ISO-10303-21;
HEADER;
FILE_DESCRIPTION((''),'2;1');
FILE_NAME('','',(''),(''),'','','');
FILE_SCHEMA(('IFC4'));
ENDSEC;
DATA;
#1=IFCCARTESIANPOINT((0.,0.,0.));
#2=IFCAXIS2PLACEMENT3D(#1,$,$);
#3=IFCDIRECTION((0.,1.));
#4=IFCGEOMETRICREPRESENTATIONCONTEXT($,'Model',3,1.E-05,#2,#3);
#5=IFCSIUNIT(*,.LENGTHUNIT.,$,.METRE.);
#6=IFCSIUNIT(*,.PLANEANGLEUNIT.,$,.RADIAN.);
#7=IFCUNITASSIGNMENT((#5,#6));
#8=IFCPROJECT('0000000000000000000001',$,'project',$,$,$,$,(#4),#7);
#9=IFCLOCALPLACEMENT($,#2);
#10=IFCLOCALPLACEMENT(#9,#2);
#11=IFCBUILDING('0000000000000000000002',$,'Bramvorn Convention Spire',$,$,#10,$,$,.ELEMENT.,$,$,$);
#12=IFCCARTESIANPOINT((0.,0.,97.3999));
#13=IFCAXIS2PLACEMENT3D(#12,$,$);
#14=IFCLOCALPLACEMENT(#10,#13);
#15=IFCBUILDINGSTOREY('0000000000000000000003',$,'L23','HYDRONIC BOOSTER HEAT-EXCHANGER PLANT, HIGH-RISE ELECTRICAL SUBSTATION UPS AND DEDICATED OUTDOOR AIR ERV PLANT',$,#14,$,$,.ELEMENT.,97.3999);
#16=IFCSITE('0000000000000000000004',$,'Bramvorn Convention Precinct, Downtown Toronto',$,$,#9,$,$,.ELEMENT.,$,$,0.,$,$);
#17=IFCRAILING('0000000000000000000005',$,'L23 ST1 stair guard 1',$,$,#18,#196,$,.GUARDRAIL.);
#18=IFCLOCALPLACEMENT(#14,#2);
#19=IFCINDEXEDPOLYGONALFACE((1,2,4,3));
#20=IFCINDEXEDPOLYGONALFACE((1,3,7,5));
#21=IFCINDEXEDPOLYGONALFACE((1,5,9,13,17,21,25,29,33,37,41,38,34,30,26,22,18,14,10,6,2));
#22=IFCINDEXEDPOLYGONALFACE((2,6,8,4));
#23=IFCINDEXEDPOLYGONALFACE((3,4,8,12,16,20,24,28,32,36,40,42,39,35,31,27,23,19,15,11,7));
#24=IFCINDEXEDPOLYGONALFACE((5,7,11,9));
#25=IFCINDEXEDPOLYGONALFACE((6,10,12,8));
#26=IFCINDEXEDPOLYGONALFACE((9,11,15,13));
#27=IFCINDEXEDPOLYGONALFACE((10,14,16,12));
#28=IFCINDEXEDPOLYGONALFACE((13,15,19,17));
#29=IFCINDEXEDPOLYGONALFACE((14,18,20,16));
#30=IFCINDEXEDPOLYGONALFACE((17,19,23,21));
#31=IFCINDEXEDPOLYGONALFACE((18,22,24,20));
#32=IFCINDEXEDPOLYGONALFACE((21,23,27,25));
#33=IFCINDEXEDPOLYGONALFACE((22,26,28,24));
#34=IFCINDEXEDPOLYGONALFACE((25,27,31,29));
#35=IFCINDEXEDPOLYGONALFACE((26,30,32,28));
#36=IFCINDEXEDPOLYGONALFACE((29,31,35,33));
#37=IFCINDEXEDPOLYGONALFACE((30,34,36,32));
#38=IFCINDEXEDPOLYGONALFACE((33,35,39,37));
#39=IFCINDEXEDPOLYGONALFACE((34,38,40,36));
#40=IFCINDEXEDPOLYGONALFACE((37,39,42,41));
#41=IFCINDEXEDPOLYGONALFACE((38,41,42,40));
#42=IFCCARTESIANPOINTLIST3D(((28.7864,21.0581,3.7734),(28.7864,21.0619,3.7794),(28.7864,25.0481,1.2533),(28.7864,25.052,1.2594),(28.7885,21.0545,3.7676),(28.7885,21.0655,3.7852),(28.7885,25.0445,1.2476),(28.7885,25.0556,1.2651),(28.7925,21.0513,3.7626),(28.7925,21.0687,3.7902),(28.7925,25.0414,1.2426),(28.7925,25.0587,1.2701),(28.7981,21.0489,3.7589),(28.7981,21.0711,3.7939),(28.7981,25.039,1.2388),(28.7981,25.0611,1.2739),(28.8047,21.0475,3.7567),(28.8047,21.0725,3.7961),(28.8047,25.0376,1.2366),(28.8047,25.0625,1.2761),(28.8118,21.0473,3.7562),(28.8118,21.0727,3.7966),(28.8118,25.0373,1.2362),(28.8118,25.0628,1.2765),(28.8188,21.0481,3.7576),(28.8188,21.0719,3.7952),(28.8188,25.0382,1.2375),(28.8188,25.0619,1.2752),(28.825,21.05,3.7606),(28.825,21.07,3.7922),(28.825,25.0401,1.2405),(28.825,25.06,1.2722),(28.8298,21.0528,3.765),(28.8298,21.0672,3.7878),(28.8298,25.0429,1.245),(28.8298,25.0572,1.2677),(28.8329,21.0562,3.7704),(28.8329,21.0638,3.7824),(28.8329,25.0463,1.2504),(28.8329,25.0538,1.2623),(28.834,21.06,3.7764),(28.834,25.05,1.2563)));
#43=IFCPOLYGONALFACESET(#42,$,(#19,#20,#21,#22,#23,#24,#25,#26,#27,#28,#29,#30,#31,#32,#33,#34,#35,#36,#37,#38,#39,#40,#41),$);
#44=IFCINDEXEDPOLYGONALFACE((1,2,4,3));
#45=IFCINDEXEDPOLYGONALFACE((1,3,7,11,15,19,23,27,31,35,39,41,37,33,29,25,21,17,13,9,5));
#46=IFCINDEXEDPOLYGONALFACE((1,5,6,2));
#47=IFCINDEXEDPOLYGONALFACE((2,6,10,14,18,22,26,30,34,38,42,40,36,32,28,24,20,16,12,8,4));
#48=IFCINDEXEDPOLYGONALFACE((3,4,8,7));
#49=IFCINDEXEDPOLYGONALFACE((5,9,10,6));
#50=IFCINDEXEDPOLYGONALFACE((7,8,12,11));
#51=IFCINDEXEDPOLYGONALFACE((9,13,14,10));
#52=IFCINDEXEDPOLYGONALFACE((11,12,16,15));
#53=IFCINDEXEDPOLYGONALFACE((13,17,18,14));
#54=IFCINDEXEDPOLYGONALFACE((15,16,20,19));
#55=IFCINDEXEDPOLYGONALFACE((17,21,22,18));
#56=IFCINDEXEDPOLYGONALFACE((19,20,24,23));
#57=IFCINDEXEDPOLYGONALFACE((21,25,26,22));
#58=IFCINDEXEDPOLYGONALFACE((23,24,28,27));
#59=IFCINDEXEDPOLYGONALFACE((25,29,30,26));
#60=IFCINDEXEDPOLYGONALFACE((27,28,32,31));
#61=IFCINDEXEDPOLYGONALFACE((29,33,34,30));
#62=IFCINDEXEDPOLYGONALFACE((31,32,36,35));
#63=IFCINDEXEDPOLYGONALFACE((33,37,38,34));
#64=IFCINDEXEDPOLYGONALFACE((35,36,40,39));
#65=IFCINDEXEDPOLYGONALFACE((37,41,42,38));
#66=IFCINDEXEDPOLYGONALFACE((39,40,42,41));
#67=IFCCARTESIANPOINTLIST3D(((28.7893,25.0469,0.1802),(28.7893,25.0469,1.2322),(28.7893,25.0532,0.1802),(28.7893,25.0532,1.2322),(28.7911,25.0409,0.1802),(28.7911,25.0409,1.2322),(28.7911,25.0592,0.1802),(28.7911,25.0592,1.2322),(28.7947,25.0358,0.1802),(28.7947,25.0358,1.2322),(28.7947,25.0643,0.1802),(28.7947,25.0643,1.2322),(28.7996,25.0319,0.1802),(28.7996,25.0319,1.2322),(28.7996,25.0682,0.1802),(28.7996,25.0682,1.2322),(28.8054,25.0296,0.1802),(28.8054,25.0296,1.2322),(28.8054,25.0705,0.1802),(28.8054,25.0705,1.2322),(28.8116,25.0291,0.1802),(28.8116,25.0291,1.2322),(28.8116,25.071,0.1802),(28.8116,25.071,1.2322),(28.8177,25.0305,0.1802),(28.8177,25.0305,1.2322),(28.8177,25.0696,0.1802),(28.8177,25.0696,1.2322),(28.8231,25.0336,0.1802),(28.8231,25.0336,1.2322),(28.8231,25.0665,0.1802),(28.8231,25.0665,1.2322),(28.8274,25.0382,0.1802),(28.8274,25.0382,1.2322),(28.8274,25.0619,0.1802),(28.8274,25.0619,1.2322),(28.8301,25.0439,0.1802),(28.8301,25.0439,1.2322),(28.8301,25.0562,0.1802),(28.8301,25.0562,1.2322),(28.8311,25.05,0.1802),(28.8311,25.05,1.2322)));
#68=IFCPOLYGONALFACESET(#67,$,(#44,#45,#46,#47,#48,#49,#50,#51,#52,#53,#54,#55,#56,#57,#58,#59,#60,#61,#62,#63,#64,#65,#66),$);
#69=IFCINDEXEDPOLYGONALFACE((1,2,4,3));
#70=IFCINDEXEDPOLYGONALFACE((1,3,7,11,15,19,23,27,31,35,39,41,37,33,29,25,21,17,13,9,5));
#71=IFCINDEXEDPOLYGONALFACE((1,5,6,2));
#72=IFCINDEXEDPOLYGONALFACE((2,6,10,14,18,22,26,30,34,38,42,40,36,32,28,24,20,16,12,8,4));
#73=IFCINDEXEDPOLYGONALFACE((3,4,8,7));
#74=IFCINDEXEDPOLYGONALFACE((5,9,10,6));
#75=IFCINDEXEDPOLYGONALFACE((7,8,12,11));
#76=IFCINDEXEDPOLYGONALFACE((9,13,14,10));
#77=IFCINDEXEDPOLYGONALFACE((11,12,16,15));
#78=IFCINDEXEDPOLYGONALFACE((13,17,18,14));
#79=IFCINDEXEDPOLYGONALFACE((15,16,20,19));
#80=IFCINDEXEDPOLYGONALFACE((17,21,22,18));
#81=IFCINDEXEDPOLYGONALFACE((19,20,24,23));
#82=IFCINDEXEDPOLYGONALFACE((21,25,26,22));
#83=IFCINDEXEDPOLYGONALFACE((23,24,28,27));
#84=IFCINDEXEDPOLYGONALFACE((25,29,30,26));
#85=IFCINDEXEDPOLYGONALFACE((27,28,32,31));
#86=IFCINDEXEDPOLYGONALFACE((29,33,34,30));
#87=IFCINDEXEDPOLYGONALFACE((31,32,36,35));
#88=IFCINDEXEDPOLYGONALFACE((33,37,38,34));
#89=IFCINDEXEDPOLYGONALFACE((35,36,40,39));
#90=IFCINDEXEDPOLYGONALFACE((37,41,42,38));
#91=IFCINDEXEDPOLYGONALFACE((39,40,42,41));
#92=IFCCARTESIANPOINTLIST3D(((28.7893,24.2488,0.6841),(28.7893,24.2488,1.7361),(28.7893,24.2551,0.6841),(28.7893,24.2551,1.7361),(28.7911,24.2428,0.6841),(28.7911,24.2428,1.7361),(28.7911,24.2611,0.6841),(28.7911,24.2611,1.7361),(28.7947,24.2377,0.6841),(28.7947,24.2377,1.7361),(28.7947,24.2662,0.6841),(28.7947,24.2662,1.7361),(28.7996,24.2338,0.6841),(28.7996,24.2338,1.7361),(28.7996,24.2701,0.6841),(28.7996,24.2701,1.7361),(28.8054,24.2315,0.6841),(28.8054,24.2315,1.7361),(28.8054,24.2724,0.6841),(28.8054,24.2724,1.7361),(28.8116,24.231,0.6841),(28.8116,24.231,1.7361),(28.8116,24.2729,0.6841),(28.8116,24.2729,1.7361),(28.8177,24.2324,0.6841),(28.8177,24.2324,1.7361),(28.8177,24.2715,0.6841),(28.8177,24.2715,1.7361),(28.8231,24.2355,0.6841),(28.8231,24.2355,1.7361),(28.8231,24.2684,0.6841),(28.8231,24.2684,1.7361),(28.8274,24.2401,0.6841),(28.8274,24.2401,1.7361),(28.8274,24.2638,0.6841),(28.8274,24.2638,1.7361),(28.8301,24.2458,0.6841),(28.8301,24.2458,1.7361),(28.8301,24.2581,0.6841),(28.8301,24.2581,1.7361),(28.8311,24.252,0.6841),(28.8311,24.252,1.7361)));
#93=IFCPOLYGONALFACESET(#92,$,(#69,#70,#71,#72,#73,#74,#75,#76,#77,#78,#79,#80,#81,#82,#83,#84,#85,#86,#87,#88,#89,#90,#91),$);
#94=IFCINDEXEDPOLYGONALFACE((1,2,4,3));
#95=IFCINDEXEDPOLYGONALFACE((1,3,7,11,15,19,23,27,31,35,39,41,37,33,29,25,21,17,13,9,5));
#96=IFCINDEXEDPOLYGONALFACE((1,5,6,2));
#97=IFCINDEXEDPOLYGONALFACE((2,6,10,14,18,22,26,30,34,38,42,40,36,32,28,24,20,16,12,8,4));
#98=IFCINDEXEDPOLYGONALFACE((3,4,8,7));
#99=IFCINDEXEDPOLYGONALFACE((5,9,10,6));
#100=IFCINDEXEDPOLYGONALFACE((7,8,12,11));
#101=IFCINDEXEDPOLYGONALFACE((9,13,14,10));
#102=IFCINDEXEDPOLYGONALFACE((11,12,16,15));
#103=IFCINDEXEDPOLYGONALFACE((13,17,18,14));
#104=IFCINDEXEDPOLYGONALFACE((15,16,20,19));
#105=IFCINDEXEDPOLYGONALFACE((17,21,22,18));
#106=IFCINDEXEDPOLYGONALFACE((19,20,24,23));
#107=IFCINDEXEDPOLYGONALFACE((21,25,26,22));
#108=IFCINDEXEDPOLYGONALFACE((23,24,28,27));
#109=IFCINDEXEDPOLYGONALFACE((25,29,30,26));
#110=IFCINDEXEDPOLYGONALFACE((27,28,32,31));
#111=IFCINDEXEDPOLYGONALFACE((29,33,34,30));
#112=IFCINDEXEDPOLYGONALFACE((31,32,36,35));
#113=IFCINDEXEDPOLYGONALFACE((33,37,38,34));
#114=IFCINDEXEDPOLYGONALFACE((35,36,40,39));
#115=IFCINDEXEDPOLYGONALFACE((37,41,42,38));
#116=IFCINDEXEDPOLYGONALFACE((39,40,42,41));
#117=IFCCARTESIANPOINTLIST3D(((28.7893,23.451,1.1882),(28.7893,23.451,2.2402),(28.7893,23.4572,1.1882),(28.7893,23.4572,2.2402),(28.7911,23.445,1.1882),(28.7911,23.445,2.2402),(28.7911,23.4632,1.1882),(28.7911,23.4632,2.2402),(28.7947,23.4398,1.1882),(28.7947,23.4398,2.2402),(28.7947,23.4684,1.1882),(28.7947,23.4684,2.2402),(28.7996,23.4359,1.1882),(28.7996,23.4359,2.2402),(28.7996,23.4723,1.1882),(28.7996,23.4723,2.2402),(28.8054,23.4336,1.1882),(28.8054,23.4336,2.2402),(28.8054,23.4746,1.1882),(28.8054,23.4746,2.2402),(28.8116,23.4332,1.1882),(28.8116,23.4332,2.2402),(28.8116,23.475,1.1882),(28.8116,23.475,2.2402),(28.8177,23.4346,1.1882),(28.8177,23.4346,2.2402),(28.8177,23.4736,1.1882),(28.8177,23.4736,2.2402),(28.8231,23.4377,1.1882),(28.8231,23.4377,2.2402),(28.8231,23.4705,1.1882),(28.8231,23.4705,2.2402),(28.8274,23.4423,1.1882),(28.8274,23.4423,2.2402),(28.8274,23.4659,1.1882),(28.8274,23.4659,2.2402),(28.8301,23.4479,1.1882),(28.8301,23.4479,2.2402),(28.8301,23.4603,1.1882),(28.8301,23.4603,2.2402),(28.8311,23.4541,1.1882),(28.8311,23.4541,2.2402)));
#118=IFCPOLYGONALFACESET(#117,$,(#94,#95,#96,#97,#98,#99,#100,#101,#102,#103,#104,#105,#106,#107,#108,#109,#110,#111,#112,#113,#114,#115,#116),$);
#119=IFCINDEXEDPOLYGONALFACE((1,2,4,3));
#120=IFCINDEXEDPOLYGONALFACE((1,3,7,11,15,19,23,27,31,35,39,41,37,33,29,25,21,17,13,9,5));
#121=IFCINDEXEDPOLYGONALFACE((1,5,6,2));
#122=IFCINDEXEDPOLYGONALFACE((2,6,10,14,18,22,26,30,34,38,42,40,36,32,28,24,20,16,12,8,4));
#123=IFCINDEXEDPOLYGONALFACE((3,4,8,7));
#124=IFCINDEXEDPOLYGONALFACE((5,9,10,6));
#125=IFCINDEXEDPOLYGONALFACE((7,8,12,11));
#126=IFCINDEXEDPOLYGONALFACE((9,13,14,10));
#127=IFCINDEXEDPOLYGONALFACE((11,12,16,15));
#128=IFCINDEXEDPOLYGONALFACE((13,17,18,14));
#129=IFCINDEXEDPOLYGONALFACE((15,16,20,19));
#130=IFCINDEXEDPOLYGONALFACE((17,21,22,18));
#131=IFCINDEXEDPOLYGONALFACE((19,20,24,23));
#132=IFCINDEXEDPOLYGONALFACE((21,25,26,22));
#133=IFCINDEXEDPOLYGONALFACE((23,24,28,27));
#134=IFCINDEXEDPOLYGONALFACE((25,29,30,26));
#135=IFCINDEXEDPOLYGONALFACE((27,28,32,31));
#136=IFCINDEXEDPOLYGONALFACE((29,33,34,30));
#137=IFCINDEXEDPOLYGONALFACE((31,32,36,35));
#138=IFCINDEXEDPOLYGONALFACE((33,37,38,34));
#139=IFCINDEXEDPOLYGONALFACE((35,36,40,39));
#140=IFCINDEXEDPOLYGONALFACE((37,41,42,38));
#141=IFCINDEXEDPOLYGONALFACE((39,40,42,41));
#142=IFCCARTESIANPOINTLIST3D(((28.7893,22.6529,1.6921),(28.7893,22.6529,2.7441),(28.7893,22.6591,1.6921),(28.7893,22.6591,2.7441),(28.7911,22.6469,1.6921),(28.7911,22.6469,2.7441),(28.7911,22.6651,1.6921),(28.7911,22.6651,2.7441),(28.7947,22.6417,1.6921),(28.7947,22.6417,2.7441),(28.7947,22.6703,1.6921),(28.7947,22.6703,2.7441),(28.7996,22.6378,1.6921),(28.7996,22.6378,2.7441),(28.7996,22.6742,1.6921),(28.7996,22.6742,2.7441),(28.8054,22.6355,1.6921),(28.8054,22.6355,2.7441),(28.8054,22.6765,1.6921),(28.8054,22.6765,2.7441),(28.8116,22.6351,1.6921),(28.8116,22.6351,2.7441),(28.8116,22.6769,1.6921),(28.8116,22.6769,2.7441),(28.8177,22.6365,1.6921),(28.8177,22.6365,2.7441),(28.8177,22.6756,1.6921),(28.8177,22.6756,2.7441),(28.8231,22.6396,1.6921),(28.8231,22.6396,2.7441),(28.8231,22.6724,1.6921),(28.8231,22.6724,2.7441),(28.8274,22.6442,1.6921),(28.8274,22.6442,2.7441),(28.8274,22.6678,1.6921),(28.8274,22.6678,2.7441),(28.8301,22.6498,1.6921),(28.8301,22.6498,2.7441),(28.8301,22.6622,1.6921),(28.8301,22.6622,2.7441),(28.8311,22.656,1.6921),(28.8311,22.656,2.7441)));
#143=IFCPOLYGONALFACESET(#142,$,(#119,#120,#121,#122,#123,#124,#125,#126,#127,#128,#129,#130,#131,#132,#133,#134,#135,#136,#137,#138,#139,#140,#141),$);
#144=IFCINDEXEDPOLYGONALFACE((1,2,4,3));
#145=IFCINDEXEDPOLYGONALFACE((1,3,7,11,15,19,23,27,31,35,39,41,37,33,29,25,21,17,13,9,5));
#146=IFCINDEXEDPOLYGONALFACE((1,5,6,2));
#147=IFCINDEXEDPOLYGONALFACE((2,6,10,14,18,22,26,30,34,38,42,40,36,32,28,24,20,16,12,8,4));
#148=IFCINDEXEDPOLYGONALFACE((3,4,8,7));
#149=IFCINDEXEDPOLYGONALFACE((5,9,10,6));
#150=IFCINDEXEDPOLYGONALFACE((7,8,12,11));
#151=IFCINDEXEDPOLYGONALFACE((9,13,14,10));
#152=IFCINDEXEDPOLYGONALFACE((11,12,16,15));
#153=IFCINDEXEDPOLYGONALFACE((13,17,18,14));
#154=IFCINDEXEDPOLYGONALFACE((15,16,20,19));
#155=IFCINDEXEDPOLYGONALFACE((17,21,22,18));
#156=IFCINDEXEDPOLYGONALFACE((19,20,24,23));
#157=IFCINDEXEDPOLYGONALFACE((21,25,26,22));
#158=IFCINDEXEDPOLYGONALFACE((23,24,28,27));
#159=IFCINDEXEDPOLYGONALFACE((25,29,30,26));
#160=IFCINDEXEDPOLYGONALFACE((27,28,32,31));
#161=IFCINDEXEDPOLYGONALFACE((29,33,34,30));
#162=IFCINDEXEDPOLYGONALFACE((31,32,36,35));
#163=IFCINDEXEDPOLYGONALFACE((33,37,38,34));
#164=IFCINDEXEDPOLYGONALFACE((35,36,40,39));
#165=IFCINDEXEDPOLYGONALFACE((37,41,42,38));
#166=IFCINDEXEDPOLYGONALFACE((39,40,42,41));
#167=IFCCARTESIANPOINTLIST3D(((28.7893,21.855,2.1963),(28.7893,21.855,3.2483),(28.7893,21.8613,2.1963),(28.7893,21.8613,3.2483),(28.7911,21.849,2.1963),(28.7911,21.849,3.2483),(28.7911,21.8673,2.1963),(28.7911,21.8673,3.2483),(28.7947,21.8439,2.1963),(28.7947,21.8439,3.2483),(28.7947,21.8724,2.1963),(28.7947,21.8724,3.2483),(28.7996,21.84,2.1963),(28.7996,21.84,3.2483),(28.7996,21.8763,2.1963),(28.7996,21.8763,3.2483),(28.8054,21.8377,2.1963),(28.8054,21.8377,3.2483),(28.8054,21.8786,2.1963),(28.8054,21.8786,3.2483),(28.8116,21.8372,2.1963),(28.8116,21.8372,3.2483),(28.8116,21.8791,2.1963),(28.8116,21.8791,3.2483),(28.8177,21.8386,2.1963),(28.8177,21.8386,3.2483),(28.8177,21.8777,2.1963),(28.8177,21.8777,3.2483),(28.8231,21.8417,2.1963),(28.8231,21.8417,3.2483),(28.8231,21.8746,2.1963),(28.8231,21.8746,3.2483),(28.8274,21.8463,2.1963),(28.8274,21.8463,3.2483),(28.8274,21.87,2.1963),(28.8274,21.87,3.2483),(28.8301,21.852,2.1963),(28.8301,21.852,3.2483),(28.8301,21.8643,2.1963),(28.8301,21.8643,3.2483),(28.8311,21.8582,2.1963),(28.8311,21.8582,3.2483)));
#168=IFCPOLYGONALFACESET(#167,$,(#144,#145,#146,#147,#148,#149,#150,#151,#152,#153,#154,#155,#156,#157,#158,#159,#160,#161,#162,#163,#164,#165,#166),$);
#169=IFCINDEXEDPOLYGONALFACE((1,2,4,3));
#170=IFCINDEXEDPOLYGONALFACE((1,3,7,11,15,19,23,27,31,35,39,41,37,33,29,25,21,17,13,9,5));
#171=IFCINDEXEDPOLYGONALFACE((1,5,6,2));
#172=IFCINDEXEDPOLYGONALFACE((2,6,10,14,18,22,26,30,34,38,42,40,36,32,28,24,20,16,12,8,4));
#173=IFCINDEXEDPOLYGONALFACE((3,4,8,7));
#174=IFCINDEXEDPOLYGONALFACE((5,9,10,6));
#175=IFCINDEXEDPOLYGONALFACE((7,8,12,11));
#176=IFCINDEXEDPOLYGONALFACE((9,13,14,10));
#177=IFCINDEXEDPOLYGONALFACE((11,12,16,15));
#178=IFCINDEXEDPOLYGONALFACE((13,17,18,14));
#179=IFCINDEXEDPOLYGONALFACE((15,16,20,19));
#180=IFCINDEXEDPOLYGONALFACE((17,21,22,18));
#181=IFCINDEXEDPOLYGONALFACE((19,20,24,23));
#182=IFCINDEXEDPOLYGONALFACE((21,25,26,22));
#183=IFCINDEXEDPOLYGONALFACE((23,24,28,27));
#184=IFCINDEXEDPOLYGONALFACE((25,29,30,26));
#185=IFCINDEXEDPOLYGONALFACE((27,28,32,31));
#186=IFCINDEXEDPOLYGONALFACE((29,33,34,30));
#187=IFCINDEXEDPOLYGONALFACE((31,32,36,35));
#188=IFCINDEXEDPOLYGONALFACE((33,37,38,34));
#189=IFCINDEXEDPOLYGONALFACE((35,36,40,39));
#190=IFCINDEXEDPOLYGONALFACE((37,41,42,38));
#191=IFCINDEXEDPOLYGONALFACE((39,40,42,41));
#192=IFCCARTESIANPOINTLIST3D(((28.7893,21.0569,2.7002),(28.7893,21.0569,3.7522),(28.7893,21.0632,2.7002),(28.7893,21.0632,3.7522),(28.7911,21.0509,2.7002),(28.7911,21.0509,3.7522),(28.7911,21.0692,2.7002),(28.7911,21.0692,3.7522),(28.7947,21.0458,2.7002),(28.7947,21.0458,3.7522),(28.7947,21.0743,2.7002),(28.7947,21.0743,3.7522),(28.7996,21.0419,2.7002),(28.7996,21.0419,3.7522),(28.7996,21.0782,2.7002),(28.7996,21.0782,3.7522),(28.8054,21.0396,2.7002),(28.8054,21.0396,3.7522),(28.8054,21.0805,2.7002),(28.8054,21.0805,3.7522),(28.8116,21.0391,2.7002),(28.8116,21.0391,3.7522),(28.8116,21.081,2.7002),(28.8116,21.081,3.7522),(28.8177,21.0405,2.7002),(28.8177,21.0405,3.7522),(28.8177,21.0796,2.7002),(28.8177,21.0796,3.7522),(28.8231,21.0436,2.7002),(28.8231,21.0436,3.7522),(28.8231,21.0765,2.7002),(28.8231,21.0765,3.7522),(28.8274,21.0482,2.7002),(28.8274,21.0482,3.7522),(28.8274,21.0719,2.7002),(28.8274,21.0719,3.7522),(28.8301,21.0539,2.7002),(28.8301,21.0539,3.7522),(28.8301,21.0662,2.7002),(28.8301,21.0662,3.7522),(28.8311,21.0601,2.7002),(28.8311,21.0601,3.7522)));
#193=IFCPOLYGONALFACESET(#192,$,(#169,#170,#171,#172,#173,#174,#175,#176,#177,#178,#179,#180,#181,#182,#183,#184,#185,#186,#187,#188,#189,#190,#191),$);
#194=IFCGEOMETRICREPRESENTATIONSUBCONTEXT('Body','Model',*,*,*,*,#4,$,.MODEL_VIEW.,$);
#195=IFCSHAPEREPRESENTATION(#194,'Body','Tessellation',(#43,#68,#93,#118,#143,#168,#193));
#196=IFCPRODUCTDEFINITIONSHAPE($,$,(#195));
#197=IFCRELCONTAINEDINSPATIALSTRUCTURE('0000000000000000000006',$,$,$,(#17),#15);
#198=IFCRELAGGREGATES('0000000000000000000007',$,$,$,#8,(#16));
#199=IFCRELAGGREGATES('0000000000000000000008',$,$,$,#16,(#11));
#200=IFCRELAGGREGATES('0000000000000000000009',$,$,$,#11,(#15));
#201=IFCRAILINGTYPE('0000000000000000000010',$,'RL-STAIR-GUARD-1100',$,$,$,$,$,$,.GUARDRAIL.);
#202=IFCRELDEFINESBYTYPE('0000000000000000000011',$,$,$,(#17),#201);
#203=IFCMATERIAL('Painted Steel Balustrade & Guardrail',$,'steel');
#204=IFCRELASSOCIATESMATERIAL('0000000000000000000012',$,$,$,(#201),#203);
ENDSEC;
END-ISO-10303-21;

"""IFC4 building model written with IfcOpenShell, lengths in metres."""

from ifc_helpers import new_model, si_unit, direction, frame, origin, origin_2d, place, context, subcontext, project, spatial, circle, extrude, material, type_object, element, save


model = new_model("IFC4")

# Units and contexts
model_context = context("Model", 3, precision=1e-05, world=origin(), true_north=direction((0.0, 1.0)))
body_context = subcontext(model_context, "Body", "Model", "MODEL_VIEW")
ifc_project = project(units=[si_unit("LENGTHUNIT", "METRE"), si_unit("PLANEANGLEUNIT", "RADIAN")], contexts=[model_context])

# Site, building, storey
site_placement = place(None, origin())
site = spatial("IfcSite", under=ifc_project, at=site_placement, Name="Bramvorn Convention Precinct, Downtown Toronto", CompositionType="ELEMENT", RefElevation=0.0)
building_placement = place(site_placement, origin())
building = spatial("IfcBuilding", under=site, at=building_placement, Name="Bramvorn Convention Spire", CompositionType="ELEMENT")
storey_placement = place(building_placement, frame((0.0, 0.0, 97.3999)))
storey = spatial("IfcBuildingStorey", under=building, at=storey_placement, Name="L23", Description="HYDRONIC BOOSTER HEAT-EXCHANGER PLANT, HIGH-RISE ELECTRICAL SUBSTATION UPS AND DEDICATED OUTDOOR AIR ERV PLANT", CompositionType="ELEMENT", Elevation=97.3999)

# Railing
ifc_material_1 = material(Name="Painted Steel Balustrade & Guardrail", Category="steel")
railing_type_1 = type_object("IfcRailingType", Name="RL-STAIR-GUARD-1100", PredefinedType="GUARDRAIL", material=ifc_material_1)
railing_1_placement = place(storey_placement, frame((28.8101, 25.05, 0.1802)))
element("IfcRailing", 1, at=railing_1_placement, inside=storey, type_object=railing_type_1, Name="L23 ST1 stair guard 1", PredefinedType="GUARDRAIL", context=body_context, shape_type="SweptSolid", body=[
    extrude(circle(Radius=0.0239, at=origin_2d()), frame((0.0, 0.0, 1.0762), z_axis=(0.0, -0.845486, 0.533997), x_axis=(1.0, 0.0, 0.0)), (0.0, 0.0, 1.0), 4.7192),
    extrude(circle(Radius=0.021, at=origin_2d()), origin(), (0.0, 0.0, 1.0), 1.052),
    extrude(circle(Radius=0.021, at=origin_2d()), frame((0.0, -0.7981, 0.5039)), (0.0, 0.0, 1.0), 1.052),
    extrude(circle(Radius=0.021, at=origin_2d()), frame((0.0, -1.5959, 1.0081)), (0.0, 0.0, 1.0), 1.052),
    extrude(circle(Radius=0.021, at=origin_2d()), frame((0.0, -2.394, 1.512)), (0.0, 0.0, 1.0), 1.052),
    extrude(circle(Radius=0.021, at=origin_2d()), frame((0.0, -3.1919, 2.0161)), (0.0, 0.0, 1.0), 1.052),
    extrude(circle(Radius=0.021, at=origin_2d()), frame((0.0, -3.99, 2.52)), (0.0, 0.0, 1.0), 1.052),
])

save(model, "model.ifc")
